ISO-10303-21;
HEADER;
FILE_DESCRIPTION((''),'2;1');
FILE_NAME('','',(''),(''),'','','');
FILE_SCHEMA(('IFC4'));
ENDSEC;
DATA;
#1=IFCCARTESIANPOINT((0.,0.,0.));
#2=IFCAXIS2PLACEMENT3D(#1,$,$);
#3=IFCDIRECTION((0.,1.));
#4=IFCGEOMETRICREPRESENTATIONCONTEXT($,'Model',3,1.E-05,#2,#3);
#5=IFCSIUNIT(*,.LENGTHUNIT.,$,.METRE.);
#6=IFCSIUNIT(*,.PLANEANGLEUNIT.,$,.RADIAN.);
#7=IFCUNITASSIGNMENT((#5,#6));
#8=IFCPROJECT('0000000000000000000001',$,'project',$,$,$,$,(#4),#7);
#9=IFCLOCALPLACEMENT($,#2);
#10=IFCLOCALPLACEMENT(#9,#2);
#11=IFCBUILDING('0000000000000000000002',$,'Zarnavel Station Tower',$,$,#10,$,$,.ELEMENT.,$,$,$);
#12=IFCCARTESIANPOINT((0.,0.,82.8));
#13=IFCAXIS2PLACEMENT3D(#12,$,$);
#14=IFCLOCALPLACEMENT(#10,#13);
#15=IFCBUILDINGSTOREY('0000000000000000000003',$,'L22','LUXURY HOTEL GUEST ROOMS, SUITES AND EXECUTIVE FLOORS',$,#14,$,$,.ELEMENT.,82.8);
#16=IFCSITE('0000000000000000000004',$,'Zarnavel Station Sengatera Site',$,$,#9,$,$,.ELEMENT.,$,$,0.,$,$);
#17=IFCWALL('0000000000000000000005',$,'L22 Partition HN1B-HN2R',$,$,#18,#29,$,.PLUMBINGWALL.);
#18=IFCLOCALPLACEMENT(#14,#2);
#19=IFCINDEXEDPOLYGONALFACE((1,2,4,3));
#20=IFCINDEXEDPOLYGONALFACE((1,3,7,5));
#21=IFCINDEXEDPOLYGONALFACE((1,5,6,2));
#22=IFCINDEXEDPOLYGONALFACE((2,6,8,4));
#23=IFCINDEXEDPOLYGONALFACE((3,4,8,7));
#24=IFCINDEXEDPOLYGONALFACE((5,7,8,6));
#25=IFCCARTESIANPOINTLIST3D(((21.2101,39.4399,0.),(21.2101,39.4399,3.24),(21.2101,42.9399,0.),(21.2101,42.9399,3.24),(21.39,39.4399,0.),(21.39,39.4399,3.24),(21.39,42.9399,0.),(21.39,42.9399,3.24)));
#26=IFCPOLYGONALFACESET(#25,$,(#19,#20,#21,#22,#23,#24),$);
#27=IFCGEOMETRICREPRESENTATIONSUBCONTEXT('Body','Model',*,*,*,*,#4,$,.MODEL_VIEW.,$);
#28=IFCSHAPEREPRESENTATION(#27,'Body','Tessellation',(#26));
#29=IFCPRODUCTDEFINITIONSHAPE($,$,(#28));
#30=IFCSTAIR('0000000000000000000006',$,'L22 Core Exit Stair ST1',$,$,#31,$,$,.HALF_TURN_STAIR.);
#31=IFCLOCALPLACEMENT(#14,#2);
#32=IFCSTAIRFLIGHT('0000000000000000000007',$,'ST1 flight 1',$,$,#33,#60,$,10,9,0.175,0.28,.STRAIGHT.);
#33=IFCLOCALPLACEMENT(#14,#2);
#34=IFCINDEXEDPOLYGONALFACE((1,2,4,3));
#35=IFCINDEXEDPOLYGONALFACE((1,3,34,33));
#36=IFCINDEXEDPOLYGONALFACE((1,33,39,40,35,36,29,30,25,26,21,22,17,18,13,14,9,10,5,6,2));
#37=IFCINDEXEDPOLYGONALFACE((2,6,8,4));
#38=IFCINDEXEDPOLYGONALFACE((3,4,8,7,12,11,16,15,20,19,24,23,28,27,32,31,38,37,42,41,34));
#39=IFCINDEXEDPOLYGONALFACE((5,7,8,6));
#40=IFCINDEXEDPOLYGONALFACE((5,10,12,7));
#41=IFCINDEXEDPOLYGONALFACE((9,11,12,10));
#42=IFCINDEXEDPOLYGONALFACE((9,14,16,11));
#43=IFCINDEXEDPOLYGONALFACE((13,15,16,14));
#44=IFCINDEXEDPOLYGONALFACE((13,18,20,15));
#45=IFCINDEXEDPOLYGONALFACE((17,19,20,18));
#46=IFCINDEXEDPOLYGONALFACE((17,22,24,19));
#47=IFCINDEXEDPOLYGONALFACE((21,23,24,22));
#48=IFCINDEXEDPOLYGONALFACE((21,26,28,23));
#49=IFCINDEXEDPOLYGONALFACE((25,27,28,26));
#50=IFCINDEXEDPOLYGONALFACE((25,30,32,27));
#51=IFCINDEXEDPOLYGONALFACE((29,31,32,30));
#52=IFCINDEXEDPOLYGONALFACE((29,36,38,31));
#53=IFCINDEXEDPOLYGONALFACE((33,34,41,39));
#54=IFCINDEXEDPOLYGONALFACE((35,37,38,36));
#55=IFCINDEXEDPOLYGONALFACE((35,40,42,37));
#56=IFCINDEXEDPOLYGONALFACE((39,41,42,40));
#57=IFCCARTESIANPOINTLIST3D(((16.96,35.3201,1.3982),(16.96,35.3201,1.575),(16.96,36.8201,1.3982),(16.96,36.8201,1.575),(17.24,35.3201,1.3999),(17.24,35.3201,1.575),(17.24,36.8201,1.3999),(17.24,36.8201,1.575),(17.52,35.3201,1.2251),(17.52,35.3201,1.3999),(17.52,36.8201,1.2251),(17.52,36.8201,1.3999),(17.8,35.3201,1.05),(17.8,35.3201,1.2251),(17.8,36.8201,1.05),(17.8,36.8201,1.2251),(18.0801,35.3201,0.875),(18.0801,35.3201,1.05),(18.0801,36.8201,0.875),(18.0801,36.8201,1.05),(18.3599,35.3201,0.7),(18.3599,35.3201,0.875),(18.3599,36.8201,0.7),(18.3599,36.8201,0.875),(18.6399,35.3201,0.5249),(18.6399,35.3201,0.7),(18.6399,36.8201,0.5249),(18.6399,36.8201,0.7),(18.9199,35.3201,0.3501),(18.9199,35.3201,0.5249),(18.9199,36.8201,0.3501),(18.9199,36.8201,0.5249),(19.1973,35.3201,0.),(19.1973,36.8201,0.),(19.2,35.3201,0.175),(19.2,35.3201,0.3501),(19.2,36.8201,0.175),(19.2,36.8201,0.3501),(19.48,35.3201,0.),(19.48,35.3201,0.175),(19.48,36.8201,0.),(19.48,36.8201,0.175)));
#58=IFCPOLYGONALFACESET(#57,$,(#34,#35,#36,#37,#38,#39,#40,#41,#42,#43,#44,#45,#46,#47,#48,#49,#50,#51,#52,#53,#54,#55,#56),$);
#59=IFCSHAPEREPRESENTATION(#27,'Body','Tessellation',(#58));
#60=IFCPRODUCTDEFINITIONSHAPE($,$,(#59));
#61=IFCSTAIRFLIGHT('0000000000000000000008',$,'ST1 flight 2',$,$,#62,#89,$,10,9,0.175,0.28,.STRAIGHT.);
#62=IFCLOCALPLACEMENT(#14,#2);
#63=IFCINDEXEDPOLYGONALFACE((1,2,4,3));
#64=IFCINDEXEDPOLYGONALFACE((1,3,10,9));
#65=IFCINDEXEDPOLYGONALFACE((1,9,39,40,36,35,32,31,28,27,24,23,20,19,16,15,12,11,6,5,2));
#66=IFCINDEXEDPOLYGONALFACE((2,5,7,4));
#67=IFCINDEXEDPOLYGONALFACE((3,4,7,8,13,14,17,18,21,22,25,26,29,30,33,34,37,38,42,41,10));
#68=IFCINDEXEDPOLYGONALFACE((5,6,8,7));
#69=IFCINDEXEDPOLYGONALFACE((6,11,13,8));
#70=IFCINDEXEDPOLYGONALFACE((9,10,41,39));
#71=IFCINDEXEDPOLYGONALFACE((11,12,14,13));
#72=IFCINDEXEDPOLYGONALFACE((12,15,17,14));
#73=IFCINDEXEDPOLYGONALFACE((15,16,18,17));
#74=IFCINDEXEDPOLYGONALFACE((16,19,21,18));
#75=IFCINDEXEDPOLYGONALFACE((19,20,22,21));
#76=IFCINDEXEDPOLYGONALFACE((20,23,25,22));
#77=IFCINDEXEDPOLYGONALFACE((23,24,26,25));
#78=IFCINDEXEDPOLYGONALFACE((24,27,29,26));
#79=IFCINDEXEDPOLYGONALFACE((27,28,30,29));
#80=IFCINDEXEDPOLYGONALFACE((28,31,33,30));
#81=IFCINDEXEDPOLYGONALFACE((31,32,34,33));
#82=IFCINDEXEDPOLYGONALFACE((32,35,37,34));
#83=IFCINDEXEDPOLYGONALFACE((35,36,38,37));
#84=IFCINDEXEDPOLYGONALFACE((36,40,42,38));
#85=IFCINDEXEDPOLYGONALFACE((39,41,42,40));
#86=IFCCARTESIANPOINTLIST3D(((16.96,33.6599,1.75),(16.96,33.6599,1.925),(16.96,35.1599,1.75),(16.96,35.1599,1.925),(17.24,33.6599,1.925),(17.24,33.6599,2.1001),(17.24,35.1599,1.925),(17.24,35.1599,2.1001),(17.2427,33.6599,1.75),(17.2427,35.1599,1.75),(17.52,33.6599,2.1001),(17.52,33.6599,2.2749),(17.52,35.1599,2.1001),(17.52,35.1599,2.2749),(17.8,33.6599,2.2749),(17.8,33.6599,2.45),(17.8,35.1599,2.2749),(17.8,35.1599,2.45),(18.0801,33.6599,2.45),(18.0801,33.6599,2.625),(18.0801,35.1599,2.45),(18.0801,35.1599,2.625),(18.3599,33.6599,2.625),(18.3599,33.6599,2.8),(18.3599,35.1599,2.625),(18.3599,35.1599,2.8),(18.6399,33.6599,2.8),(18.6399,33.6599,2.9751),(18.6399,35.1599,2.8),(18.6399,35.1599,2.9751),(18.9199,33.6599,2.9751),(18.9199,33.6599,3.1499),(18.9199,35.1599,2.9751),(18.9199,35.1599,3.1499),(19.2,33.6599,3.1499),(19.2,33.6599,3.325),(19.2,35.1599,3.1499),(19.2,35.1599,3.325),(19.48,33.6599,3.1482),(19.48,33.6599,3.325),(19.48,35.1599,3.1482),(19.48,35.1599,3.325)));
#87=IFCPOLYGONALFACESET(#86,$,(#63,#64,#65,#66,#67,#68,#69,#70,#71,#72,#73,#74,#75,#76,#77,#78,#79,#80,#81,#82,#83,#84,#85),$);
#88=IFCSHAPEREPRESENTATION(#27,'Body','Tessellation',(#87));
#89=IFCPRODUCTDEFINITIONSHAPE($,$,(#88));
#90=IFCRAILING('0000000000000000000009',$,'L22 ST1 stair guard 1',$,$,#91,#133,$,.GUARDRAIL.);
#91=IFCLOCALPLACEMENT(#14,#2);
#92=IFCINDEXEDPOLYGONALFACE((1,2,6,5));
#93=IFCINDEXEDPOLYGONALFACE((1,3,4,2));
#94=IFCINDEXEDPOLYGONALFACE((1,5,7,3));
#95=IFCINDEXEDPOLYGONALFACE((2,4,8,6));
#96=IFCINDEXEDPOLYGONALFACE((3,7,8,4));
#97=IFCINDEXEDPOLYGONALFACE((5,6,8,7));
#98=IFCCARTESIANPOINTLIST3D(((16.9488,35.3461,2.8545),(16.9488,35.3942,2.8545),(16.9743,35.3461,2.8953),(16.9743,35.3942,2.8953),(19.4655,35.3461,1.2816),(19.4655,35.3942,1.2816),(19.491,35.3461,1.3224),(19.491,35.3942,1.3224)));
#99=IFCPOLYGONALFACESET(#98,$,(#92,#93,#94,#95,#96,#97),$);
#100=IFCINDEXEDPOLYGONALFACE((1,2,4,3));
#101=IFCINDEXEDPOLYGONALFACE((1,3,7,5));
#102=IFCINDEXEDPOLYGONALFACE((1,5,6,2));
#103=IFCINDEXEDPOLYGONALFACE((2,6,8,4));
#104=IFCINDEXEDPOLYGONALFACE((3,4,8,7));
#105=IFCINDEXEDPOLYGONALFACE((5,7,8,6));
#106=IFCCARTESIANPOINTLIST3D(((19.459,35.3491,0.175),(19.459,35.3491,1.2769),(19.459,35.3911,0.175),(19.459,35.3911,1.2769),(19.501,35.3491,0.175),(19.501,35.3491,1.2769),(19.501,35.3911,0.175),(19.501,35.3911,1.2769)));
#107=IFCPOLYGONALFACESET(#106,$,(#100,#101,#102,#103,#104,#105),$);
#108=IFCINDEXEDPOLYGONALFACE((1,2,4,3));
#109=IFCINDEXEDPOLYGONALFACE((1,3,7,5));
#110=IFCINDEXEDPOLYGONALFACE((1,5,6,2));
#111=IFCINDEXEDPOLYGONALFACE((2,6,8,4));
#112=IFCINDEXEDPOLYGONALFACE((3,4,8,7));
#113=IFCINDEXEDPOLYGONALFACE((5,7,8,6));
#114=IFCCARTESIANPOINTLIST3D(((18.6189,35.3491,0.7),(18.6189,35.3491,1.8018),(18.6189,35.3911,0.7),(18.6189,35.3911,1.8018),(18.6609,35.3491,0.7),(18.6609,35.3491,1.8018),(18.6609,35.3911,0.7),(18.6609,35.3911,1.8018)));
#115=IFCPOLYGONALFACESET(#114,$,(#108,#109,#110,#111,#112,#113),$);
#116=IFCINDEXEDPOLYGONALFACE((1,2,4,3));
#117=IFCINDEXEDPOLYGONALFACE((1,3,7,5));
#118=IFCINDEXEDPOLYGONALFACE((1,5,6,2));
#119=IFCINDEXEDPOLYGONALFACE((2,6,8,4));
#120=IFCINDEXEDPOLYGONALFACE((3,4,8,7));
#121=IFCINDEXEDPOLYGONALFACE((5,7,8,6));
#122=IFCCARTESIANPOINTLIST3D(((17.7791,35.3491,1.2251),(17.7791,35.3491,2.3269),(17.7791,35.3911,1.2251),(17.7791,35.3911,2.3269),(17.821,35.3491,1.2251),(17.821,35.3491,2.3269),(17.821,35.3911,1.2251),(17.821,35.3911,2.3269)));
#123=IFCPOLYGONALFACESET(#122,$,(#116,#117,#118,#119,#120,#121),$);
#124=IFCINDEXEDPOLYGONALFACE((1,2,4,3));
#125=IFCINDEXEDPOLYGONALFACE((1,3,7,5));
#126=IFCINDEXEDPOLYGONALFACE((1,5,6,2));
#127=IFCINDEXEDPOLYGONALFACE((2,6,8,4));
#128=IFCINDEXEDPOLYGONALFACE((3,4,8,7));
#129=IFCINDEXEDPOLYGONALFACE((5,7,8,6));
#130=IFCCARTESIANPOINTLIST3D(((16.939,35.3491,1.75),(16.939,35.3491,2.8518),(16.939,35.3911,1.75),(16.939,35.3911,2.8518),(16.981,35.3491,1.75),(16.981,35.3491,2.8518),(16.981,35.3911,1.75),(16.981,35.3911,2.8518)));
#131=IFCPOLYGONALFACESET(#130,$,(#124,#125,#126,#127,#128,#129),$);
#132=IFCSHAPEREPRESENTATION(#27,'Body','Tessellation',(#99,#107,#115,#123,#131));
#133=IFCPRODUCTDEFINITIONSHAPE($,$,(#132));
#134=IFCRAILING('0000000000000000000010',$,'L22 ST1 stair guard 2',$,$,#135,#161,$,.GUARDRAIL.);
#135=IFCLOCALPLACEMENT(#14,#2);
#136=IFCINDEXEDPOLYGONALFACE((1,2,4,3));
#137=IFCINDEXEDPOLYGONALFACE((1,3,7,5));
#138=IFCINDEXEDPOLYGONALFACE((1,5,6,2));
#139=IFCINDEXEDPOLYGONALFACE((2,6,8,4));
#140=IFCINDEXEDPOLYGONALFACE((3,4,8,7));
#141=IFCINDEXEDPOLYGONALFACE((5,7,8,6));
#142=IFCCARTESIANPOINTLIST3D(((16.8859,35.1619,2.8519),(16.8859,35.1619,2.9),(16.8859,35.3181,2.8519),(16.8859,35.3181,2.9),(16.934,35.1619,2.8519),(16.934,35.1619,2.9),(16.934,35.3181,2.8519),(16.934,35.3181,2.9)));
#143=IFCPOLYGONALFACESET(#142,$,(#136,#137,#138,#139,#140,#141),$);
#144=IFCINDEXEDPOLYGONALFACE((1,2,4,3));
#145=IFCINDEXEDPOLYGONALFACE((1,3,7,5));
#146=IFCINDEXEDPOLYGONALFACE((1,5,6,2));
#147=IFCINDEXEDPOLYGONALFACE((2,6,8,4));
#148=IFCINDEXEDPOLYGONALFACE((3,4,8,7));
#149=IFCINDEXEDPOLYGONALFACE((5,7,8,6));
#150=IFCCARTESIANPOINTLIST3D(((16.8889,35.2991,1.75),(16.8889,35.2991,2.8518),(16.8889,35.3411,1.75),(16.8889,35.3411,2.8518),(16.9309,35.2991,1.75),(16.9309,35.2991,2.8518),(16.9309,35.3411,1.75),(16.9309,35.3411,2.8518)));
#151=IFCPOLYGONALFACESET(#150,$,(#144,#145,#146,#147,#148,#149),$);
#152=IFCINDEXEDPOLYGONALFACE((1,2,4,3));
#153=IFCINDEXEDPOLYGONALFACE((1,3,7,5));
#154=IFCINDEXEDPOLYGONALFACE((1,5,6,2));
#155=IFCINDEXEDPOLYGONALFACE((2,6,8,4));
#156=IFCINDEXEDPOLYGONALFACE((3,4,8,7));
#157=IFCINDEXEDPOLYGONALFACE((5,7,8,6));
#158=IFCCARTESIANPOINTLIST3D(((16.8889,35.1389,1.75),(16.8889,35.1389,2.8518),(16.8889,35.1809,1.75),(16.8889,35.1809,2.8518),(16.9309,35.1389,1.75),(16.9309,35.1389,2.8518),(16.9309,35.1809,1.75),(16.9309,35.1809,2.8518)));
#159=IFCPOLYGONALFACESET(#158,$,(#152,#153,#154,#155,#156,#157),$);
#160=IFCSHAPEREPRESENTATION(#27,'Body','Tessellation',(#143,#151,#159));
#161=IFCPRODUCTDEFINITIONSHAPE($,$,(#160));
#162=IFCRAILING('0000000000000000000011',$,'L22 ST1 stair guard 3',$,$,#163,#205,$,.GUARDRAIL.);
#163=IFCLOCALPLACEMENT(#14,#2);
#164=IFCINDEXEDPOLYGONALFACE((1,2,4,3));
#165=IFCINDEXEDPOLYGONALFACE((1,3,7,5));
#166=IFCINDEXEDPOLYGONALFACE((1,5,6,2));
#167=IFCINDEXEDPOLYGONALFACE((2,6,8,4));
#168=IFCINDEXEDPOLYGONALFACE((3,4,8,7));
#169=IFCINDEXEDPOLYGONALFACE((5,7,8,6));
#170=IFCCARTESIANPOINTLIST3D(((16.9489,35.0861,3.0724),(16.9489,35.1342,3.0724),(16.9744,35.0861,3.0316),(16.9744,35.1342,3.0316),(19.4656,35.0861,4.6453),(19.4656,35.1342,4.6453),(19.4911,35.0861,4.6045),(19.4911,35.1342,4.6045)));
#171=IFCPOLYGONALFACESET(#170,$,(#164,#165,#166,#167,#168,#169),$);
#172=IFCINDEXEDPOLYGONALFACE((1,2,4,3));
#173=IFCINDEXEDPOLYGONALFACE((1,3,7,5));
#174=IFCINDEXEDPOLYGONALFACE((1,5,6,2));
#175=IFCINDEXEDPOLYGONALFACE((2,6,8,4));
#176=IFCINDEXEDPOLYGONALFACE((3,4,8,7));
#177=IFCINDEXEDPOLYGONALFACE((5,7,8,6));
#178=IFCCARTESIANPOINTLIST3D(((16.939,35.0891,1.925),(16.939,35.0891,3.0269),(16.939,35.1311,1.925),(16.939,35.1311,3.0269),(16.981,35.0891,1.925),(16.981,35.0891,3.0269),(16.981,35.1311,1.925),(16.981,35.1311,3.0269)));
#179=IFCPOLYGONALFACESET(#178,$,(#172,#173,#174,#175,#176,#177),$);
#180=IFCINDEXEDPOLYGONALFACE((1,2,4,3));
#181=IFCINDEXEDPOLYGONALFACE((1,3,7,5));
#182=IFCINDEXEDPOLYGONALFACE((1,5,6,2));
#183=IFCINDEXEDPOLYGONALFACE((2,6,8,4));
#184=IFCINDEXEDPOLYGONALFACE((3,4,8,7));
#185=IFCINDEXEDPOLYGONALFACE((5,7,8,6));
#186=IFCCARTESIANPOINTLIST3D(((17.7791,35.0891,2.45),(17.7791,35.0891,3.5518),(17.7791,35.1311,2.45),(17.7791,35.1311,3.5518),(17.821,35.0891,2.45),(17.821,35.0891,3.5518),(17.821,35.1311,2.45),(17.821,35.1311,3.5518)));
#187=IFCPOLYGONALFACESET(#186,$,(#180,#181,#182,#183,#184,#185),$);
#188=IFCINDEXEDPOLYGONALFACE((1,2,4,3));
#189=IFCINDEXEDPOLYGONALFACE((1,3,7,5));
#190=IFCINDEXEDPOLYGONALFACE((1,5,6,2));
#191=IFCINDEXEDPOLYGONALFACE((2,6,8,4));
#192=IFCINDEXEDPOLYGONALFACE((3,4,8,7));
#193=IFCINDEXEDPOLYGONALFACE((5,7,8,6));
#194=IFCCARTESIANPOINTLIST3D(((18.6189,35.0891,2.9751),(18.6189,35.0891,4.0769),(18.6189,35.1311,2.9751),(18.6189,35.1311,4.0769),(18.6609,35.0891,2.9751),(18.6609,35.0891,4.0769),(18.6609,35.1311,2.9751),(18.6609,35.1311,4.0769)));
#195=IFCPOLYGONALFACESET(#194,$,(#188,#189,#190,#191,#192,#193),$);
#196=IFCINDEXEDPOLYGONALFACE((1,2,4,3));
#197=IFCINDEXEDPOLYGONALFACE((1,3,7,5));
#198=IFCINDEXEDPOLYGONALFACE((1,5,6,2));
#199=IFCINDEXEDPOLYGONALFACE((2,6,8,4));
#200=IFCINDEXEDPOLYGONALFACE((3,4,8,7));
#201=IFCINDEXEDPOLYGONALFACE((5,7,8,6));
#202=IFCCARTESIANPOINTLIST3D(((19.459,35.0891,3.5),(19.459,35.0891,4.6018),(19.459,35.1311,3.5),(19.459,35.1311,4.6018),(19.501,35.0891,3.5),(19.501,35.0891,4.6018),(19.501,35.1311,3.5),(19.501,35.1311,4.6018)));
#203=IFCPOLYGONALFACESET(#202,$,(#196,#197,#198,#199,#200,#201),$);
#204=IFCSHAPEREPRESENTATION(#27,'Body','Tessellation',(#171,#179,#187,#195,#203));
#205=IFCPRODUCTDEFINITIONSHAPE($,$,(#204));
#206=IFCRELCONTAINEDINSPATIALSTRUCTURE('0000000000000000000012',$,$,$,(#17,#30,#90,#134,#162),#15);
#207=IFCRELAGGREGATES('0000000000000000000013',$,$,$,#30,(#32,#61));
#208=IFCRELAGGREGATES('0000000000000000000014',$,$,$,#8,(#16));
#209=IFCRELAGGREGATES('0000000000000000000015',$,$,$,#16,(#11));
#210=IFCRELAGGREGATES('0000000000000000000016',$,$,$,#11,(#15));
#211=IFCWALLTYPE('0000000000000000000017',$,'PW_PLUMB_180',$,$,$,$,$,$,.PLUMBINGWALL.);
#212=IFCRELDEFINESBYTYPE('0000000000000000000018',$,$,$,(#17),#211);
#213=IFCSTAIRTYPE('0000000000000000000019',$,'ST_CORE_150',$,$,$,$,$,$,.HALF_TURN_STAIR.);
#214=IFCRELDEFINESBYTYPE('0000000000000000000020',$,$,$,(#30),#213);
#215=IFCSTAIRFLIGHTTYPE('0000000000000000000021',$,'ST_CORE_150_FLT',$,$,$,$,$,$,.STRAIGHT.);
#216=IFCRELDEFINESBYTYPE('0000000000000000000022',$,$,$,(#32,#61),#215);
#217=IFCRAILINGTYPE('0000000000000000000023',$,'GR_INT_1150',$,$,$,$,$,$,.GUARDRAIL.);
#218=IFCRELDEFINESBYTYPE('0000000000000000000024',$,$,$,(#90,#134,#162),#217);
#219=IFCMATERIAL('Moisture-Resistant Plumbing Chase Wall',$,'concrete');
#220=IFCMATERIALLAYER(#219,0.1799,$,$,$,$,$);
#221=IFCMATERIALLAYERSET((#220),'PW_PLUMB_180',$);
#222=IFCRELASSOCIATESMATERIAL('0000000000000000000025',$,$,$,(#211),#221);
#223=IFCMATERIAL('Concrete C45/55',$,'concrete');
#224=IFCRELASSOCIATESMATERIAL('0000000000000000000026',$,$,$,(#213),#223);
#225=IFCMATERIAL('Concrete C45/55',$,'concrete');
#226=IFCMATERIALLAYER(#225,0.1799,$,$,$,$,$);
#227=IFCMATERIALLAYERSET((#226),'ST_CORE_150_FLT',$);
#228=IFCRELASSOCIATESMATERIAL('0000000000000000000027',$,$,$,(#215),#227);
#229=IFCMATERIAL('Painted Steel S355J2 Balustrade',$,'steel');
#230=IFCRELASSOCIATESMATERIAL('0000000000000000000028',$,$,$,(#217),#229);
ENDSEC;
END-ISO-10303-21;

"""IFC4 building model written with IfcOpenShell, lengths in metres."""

from ifc_helpers import new_model, si_unit, direction, frame, frame_2d, origin, origin_2d, place, context, subcontext, project, spatial, polyline, rectangle, outline, extrude, material, layer, layer_set, type_object, element, aggregate, save


model = new_model("IFC4")

# Units and contexts
model_context = context("Model", 3, precision=1e-05, world=origin(), true_north=direction((0.0, 1.0)))
body_context = subcontext(model_context, "Body", "Model", "MODEL_VIEW")
ifc_project = project(units=[si_unit("LENGTHUNIT", "METRE"), si_unit("PLANEANGLEUNIT", "RADIAN")], contexts=[model_context])

# Site, building, storey
site_placement = place(None, origin())
site = spatial("IfcSite", under=ifc_project, at=site_placement, Name="Zarnavel Station Sengatera Site", CompositionType="ELEMENT", RefElevation=0.0)
building_placement = place(site_placement, origin())
building = spatial("IfcBuilding", under=site, at=building_placement, Name="Zarnavel Station Tower", CompositionType="ELEMENT")
storey_placement = place(building_placement, frame((0.0, 0.0, 82.8)))
storey = spatial("IfcBuildingStorey", under=building, at=storey_placement, Name="L22", Description="LUXURY HOTEL GUEST ROOMS, SUITES AND EXECUTIVE FLOORS", CompositionType="ELEMENT", Elevation=82.8)

# Shared definitions
ifc_material_1 = material(Name="Moisture-Resistant Plumbing Chase Wall", Category="concrete")
ifc_layer_1 = layer(ifc_material_1, 0.1799)
ifc_layer_set_1 = layer_set([ifc_layer_1], Name="PW_PLUMB_180")
wall_type_1 = type_object("IfcWallType", Name="PW_PLUMB_180", PredefinedType="PLUMBINGWALL", material=ifc_layer_set_1)

# Wall
wall_1_placement = place(storey_placement, frame((21.3, 39.4399, 0.0), z_axis=(0.0, 0.0, 1.0), x_axis=(0.0, 1.0, 0.0)))
element("IfcWall", 1, at=wall_1_placement, inside=storey, type_object=wall_type_1, Name="L22 Partition HN1B-HN2R", PredefinedType="PLUMBINGWALL", context=body_context, shape_type="SweptSolid", body=[
    extrude(rectangle(XDim=3.5, YDim=0.1799, at=frame_2d((1.75, 0.0))), origin(), (0.0, 0.0, 1.0), 3.24),
])

# Stair, stair flights
ifc_material_2 = material(Name="Concrete C45/55", Category="concrete")
stair_type = type_object("IfcStairType", Name="ST_CORE_150", PredefinedType="HALF_TURN_STAIR", material=ifc_material_2)
stair_placement = place(storey_placement, origin())
stair = element("IfcStair", 2, at=stair_placement, inside=storey, type_object=stair_type, Name="L22 Core Exit Stair ST1", PredefinedType="HALF_TURN_STAIR")
ifc_material_3 = material(Name="Concrete C45/55", Category="concrete")
ifc_layer_2 = layer(ifc_material_3, 0.1799)
ifc_layer_set_2 = layer_set([ifc_layer_2], Name="ST_CORE_150_FLT")
stair_flight_type = type_object("IfcStairFlightType", Name="ST_CORE_150_FLT", PredefinedType="STRAIGHT", material=ifc_layer_set_2)
stair_flight_1_placement = place(storey_placement, frame((19.48, 36.0701, 0.0), z_axis=(0.0, 0.0, 1.0), x_axis=(-1.0, 0.0, 0.0)))
stair_flight_1 = element("IfcStairFlight", 3, at=stair_flight_1_placement, type_object=stair_flight_type, Name="ST1 flight 1", NumberOfRisers=10, NumberOfTreads=9, PredefinedType="STRAIGHT", RiserHeight=0.175, TreadLength=0.28, context=body_context, shape_type="SweptSolid", body=[
    extrude(outline(polyline([(0.0, 0.0), (0.0, 0.175), (0.28, 0.175), (0.28, 0.3501), (0.5601, 0.3501), (0.5601, 0.5249), (0.8401, 0.5249), (0.8401, 0.7), (1.1201, 0.7), (1.1201, 0.875), (1.3999, 0.875), (1.3999, 1.05), (1.6799, 1.05), (1.6799, 1.2251), (1.96, 1.2251), (1.96, 1.3999), (2.24, 1.3999), (2.24, 1.575), (2.52, 1.575), (2.52, 1.75), (2.52, 1.3982), (0.2827, 0.0), (0.0, 0.0)])), frame((0.0, 0.75, 0.0), z_axis=(0.0, -1.0, 0.0), x_axis=(1.0, 0.0, 0.0)), (0.0, 0.0, 1.0), 1.5),
])
stair_flight_2_placement = place(storey_placement, frame((16.96, 34.4099, 1.75), z_axis=(0.0, 0.0, 1.0), x_axis=(1.0, 0.0, 0.0)))
stair_flight_2 = element("IfcStairFlight", 4, at=stair_flight_2_placement, type_object=stair_flight_type, Name="ST1 flight 2", NumberOfRisers=10, NumberOfTreads=9, PredefinedType="STRAIGHT", RiserHeight=0.175, TreadLength=0.28, context=body_context, shape_type="SweptSolid", body=[
    extrude(outline(polyline([(0.0, 0.0), (0.0, 0.175), (0.28, 0.175), (0.28, 0.3501), (0.5601, 0.3501), (0.5601, 0.5249), (0.8401, 0.5249), (0.8401, 0.7), (1.1201, 0.7), (1.1201, 0.875), (1.3999, 0.875), (1.3999, 1.05), (1.6799, 1.05), (1.6799, 1.2251), (1.96, 1.2251), (1.96, 1.3999), (2.24, 1.3999), (2.24, 1.575), (2.52, 1.575), (2.52, 1.75), (2.52, 1.3982), (0.2827, 0.0), (0.0, 0.0)])), frame((0.0, 0.75, 0.0), z_axis=(0.0, -1.0, 0.0), x_axis=(1.0, 0.0, 0.0)), (0.0, 0.0, 1.0), 1.5),
])
aggregate(stair, [stair_flight_1, stair_flight_2])

# Railings
ifc_material_4 = material(Name="Painted Steel S355J2 Balustrade", Category="steel")
railing_type_1 = type_object("IfcRailingType", Name="GR_INT_1150", PredefinedType="GUARDRAIL", material=ifc_material_4)
railing_1_placement = place(storey_placement, frame((19.48, 35.3701, 0.175)))
element("IfcRailing", 5, at=railing_1_placement, inside=storey, type_object=railing_type_1, Name="L22 ST1 stair guard 1", PredefinedType="GUARDRAIL", context=body_context, shape_type="SweptSolid", body=[
    extrude(rectangle(XDim=0.0481, YDim=0.0481, at=origin_2d()), frame((-0.0017, 0.0, 1.127), z_axis=(-0.848008, 0.0, 0.529984), x_axis=(0.0, -1.0, 0.0)), (0.0, 0.0, 1.0), 2.9678),
    extrude(rectangle(XDim=0.042, YDim=0.042, at=origin_2d()), origin(), (0.0, 0.0, 1.0), 1.1018),
    extrude(rectangle(XDim=0.042, YDim=0.042, at=origin_2d()), frame((-0.8401, 0.0, 0.5249)), (0.0, 0.0, 1.0), 1.1018),
    extrude(rectangle(XDim=0.042, YDim=0.042, at=origin_2d()), frame((-1.6799, 0.0, 1.05)), (0.0, 0.0, 1.0), 1.1018),
    extrude(rectangle(XDim=0.042, YDim=0.042, at=origin_2d()), frame((-2.52, 0.0, 1.575)), (0.0, 0.0, 1.0), 1.1018),
])
railing_2_placement = place(storey_placement, frame((16.9099, 35.3201, 1.75)))
element("IfcRailing", 6, at=railing_2_placement, inside=storey, type_object=railing_type_1, Name="L22 ST1 stair guard 2", PredefinedType="GUARDRAIL", context=body_context, shape_type="SweptSolid", body=[
    extrude(rectangle(XDim=0.0481, YDim=0.0481, at=origin_2d()), frame((0.0, -0.002, 1.126), z_axis=(0.0, -1.0, 0.0), x_axis=(1.0, 0.0, 0.0)), (0.0, 0.0, 1.0), 0.1562),
    extrude(rectangle(XDim=0.042, YDim=0.042, at=origin_2d()), origin(), (0.0, 0.0, 1.0), 1.1018),
    extrude(rectangle(XDim=0.042, YDim=0.042, at=origin_2d()), frame((0.0, -0.1602, 0.0)), (0.0, 0.0, 1.0), 1.1018),
])
railing_3_placement = place(storey_placement, frame((16.96, 35.1101, 1.925)))
element("IfcRailing", 7, at=railing_3_placement, inside=storey, type_object=railing_type_1, Name="L22 ST1 stair guard 3", PredefinedType="GUARDRAIL", context=body_context, shape_type="SweptSolid", body=[
    extrude(rectangle(XDim=0.0481, YDim=0.0481, at=origin_2d()), frame((0.0017, 0.0, 1.127), z_axis=(0.848008, 0.0, 0.529984), x_axis=(0.0, 1.0, 0.0)), (0.0, 0.0, 1.0), 2.9678),
    extrude(rectangle(XDim=0.042, YDim=0.042, at=origin_2d()), origin(), (0.0, 0.0, 1.0), 1.1018),
    extrude(rectangle(XDim=0.042, YDim=0.042, at=origin_2d()), frame((0.8401, 0.0, 0.5249)), (0.0, 0.0, 1.0), 1.1018),
    extrude(rectangle(XDim=0.042, YDim=0.042, at=origin_2d()), frame((1.6799, 0.0, 1.05)), (0.0, 0.0, 1.0), 1.1018),
    extrude(rectangle(XDim=0.042, YDim=0.042, at=origin_2d()), frame((2.52, 0.0, 1.575)), (0.0, 0.0, 1.0), 1.1018),
])

save(model, "model.ifc")
